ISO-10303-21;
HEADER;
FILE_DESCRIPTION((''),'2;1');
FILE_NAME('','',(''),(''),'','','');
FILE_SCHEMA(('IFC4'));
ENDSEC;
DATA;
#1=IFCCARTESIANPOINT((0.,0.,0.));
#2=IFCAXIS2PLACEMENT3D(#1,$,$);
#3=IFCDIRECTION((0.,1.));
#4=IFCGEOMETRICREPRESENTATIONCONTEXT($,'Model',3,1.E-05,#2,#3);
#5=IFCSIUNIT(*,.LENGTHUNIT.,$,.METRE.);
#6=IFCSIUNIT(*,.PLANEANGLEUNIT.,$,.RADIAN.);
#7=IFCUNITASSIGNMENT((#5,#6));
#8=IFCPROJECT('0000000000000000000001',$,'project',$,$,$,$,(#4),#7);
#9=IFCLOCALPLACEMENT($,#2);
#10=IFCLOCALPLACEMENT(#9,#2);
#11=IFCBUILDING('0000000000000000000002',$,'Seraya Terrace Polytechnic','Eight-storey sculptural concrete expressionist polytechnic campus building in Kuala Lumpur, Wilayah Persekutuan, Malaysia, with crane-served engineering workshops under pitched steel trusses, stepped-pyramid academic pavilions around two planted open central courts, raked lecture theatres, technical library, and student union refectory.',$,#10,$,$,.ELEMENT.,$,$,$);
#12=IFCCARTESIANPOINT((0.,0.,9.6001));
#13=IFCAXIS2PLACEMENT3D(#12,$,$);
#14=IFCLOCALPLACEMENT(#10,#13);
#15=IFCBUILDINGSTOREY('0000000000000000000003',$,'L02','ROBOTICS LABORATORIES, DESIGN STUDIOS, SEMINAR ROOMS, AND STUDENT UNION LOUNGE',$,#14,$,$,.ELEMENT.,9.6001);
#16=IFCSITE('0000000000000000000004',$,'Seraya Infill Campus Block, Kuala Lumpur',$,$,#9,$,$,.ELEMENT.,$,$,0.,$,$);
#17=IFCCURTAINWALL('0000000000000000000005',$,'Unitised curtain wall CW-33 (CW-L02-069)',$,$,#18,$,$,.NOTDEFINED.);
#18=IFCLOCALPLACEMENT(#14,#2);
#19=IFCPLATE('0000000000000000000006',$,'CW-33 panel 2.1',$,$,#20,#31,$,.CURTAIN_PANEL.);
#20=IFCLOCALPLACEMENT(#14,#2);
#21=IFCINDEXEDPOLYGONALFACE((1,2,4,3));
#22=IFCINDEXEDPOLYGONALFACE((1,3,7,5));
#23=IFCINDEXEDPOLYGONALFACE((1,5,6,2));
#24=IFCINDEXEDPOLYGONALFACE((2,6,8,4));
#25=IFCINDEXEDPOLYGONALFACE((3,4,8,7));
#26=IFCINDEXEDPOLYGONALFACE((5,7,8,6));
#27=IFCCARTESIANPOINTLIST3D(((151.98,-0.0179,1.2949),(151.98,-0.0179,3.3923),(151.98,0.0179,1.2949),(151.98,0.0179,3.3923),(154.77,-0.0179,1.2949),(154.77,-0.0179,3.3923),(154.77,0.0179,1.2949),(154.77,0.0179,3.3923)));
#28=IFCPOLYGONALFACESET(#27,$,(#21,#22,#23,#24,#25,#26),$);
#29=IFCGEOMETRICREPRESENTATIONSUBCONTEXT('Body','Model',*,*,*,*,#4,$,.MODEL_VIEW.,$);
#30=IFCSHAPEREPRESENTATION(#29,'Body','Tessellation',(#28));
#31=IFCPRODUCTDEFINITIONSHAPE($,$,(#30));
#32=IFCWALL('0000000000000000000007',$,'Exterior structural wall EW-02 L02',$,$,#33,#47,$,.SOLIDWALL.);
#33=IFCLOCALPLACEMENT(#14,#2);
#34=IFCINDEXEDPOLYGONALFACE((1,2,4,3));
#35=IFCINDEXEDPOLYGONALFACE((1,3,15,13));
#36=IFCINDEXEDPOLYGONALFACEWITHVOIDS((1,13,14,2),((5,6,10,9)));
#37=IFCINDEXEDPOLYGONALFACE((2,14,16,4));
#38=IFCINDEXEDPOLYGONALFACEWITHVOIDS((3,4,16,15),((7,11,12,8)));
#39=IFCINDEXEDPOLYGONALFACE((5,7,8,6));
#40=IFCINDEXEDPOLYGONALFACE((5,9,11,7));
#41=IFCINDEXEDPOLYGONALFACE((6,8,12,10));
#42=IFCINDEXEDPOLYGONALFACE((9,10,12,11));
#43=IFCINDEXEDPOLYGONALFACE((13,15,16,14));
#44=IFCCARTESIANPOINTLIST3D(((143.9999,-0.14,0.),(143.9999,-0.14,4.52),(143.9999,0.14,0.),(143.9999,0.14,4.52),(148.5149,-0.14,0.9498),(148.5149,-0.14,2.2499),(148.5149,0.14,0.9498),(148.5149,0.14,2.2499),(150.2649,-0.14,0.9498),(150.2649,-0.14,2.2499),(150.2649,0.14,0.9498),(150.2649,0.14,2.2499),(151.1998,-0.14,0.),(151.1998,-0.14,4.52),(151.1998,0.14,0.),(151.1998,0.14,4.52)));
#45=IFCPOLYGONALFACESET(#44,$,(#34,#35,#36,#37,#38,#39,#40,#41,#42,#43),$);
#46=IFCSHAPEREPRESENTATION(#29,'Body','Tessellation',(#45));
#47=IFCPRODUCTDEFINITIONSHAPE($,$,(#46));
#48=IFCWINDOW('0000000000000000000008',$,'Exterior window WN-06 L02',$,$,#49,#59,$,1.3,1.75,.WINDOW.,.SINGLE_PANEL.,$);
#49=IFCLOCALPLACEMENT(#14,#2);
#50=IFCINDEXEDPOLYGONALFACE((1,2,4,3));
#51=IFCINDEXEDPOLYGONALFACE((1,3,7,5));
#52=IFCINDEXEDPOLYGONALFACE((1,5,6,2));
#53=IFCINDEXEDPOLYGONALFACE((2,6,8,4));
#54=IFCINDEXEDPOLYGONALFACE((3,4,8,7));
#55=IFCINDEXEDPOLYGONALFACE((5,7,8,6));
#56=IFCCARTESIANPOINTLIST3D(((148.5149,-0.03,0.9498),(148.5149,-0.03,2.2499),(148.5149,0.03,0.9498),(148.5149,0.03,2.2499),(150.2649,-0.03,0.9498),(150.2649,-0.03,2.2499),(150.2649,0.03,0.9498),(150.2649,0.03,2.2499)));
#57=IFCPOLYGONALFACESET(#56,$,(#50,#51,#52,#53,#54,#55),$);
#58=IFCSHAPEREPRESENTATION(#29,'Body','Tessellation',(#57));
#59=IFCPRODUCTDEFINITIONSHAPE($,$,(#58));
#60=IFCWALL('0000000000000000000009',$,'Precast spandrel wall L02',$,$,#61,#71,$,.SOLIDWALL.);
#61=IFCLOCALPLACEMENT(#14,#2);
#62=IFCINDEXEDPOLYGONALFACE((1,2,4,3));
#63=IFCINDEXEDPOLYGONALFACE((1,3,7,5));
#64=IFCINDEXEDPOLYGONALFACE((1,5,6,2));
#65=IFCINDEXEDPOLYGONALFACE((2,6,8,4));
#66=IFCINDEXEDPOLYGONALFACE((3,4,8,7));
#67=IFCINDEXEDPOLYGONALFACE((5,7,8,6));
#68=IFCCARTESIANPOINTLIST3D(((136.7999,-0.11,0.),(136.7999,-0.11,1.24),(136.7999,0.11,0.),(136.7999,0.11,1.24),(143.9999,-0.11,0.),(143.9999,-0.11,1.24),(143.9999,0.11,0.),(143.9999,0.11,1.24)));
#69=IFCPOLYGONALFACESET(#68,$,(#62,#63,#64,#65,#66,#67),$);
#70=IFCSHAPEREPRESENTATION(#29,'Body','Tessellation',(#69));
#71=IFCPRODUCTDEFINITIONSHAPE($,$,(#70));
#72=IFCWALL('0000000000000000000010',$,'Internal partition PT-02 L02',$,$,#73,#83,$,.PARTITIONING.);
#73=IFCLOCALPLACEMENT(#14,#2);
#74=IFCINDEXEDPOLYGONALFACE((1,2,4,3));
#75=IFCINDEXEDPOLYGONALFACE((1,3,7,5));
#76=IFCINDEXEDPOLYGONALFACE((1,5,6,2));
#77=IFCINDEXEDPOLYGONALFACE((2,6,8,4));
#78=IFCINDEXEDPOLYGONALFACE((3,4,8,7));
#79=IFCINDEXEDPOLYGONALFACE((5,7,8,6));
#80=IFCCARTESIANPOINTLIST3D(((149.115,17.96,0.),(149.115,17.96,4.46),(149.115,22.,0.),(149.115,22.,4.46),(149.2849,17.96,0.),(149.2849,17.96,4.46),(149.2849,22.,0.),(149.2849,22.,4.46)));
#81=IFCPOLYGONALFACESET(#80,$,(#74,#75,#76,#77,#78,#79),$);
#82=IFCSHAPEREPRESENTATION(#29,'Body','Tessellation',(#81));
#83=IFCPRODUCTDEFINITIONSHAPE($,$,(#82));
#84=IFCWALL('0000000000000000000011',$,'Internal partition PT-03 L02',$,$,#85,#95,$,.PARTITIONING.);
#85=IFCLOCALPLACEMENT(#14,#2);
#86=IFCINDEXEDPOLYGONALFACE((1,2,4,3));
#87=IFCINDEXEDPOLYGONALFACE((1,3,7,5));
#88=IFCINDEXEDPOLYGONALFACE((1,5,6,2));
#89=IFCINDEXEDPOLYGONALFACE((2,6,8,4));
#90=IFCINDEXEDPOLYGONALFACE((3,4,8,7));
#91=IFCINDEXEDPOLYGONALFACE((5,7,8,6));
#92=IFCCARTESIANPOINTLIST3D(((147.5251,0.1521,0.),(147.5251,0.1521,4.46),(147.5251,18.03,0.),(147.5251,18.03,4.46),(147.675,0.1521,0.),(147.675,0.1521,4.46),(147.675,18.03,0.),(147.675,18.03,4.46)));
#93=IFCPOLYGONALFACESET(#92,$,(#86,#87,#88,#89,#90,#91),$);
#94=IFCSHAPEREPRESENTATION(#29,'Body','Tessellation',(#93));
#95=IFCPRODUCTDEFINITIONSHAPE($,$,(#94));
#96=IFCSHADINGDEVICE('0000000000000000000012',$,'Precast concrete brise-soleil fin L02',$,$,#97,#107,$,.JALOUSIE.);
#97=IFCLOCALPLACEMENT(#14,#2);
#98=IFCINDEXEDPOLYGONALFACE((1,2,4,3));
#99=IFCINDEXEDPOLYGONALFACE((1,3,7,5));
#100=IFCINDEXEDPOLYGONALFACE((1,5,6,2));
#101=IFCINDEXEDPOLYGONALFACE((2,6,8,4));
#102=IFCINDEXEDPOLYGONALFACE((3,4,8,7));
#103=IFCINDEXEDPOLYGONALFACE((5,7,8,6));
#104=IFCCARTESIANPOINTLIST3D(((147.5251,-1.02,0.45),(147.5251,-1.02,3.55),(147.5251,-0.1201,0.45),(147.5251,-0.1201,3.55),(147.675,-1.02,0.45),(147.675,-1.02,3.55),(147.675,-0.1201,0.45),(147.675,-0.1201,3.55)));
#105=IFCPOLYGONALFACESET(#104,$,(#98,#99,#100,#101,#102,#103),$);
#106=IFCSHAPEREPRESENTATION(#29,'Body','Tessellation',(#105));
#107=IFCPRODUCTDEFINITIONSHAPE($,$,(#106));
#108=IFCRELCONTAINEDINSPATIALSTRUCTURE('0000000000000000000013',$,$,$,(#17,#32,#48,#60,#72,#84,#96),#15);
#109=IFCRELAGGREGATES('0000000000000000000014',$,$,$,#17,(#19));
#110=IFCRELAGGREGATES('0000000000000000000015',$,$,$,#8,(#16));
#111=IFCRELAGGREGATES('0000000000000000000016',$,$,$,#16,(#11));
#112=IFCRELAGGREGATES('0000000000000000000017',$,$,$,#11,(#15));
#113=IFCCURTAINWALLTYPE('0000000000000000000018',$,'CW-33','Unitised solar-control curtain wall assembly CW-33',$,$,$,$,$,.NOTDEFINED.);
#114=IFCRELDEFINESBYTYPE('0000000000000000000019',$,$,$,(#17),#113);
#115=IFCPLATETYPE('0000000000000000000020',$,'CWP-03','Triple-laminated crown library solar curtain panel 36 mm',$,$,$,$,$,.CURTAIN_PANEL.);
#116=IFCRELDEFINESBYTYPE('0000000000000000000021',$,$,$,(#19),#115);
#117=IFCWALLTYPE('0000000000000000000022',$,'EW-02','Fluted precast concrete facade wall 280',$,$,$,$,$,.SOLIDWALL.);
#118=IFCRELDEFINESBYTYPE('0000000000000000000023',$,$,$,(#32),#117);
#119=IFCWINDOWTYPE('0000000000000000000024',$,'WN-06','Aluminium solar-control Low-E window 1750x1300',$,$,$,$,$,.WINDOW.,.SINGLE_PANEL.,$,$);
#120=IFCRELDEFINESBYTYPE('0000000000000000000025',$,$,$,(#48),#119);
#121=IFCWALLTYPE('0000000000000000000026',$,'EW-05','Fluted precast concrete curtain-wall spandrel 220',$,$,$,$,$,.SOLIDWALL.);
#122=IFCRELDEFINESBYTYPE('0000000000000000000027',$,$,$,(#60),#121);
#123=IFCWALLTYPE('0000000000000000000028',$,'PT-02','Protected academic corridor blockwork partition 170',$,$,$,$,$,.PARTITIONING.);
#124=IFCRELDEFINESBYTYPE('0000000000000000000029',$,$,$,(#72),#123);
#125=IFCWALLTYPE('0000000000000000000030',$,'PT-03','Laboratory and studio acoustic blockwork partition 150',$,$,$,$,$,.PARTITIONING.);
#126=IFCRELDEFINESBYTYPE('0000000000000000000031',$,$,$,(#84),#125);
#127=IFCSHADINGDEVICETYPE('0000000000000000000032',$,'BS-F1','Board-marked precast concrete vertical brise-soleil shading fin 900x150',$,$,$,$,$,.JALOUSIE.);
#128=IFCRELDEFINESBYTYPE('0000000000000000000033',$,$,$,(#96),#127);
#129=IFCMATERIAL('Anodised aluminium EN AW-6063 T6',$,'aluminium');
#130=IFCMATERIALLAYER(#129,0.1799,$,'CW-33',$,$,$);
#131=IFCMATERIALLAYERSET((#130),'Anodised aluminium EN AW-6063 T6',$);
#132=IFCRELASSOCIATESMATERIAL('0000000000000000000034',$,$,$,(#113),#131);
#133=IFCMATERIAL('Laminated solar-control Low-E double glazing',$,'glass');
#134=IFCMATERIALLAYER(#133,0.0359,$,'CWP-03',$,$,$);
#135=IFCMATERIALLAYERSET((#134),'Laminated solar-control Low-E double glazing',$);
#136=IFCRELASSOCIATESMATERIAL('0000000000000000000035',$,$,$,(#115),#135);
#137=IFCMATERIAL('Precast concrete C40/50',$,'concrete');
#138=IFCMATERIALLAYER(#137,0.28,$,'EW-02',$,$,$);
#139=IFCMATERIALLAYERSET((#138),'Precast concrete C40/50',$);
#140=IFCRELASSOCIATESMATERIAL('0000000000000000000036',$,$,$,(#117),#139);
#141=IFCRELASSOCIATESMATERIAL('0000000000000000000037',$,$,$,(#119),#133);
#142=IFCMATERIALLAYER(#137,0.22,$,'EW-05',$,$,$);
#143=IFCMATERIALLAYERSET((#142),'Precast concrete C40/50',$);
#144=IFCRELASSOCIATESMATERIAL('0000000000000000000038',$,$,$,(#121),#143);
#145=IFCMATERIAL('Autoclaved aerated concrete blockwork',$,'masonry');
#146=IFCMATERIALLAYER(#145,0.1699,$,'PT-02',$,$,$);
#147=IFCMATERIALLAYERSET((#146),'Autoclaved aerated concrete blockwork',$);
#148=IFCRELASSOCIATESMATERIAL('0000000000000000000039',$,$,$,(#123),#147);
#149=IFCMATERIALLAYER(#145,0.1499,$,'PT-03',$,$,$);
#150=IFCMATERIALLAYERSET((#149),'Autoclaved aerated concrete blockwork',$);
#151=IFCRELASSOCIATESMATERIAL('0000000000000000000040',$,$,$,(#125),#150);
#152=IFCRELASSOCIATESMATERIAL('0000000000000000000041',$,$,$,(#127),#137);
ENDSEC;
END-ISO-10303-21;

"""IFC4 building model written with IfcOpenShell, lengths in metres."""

from ifc_helpers import new_model, si_unit, direction, frame, frame_2d, origin, origin_2d, place, context, subcontext, project, spatial, rectangle, extrude, material, layer, layer_set, type_object, element, fill, aggregate, save


model = new_model("IFC4")

# Units and contexts
model_context = context("Model", 3, precision=1e-05, world=origin(), true_north=direction((0.0, 1.0)))
body_context = subcontext(model_context, "Body", "Model", "MODEL_VIEW")
ifc_project = project(units=[si_unit("LENGTHUNIT", "METRE"), si_unit("PLANEANGLEUNIT", "RADIAN")], contexts=[model_context])

# Site, building, storey
site_placement = place(None, origin())
site = spatial("IfcSite", under=ifc_project, at=site_placement, Name="Seraya Infill Campus Block, Kuala Lumpur", CompositionType="ELEMENT", RefElevation=0.0)
building_placement = place(site_placement, origin())
building = spatial("IfcBuilding", under=site, at=building_placement, Name="Seraya Terrace Polytechnic", Description="Eight-storey sculptural concrete expressionist polytechnic campus building in Kuala Lumpur, Wilayah Persekutuan, Malaysia, with crane-served engineering workshops under pitched steel trusses, stepped-pyramid academic pavilions around two planted open central courts, raked lecture theatres, technical library, and student union refectory.", CompositionType="ELEMENT")
storey_placement = place(building_placement, frame((0.0, 0.0, 9.6001)))
storey = spatial("IfcBuildingStorey", under=building, at=storey_placement, Name="L02", Description="ROBOTICS LABORATORIES, DESIGN STUDIOS, SEMINAR ROOMS, AND STUDENT UNION LOUNGE", CompositionType="ELEMENT", Elevation=9.6001)

# Shared definitions
ifc_material_1 = material(Name="Anodised aluminium EN AW-6063 T6", Category="aluminium")

# Curtain wall
ifc_layer_1 = layer(ifc_material_1, 0.1799, Name="CW-33")
ifc_layer_set_1 = layer_set([ifc_layer_1], Name="Anodised aluminium EN AW-6063 T6")
curtain_wall_type_1 = type_object("IfcCurtainWallType", Name="CW-33", Description="Unitised solar-control curtain wall assembly CW-33", PredefinedType="NOTDEFINED", material=ifc_layer_set_1)
curtain_wall_1_placement = place(storey_placement, origin())
curtain_wall_1 = element("IfcCurtainWall", 1, at=curtain_wall_1_placement, inside=storey, type_object=curtain_wall_type_1, Name="Unitised curtain wall CW-33 (CW-L02-069)", PredefinedType="NOTDEFINED")

# Plate
ifc_material_2 = material(Name="Laminated solar-control Low-E double glazing", Category="glass")
ifc_layer_2 = layer(ifc_material_2, 0.0359, Name="CWP-03")
ifc_layer_set_2 = layer_set([ifc_layer_2], Name="Laminated solar-control Low-E double glazing")
plate_type_1 = type_object("IfcPlateType", Name="CWP-03", Description="Triple-laminated crown library solar curtain panel 36 mm", PredefinedType="CURTAIN_PANEL", material=ifc_layer_set_2)
plate_1_placement = place(storey_placement, frame((153.375, 0.0, 1.2949), z_axis=(0.0, 0.0, 1.0), x_axis=(-1.0, 0.0, 0.0)))
plate_1 = element("IfcPlate", 2, at=plate_1_placement, type_object=plate_type_1, Name="CW-33 panel 2.1", PredefinedType="CURTAIN_PANEL", context=body_context, shape_type="SweptSolid", body=[
    extrude(rectangle(XDim=2.79, YDim=0.0359, at=origin_2d()), origin(), (0.0, 0.0, 1.0), 2.0974),
])
aggregate(curtain_wall_1, [plate_1])

# Wall, opening, window
ifc_material_3 = material(Name="Precast concrete C40/50", Category="concrete")
ifc_layer_3 = layer(ifc_material_3, 0.28, Name="EW-02")
ifc_layer_set_3 = layer_set([ifc_layer_3], Name="Precast concrete C40/50")
wall_type_1 = type_object("IfcWallType", Name="EW-02", Description="Fluted precast concrete facade wall 280", PredefinedType="SOLIDWALL", material=ifc_layer_set_3)
wall_1_placement = place(storey_placement, frame((151.2, 0.0, 0.0), z_axis=(0.0, 0.0, 1.0), x_axis=(-1.0, 0.0, 0.0)))
wall_1 = element("IfcWall", 3, at=wall_1_placement, inside=storey, type_object=wall_type_1, Name="Exterior structural wall EW-02 L02", PredefinedType="SOLIDWALL", context=body_context, shape_type="SweptSolid", body=[
    extrude(rectangle(XDim=7.2, YDim=0.28, at=frame_2d((3.6001, 0.0))), origin(), (0.0, 0.0, 1.0), 4.52),
])
opening_placement = place(wall_1_placement, frame((0.9351, 0.0, 0.95)))
opening = element("IfcOpeningElement", 4, at=opening_placement, cuts=wall_1, PredefinedType="OPENING", context=body_context, shape_type="SweptSolid", body=[
    extrude(rectangle(XDim=1.75, YDim=1.3, at=frame_2d((0.875, 0.6499))), frame((0.0, 0.1519, 0.0), z_axis=(0.0, -1.0, 0.0), x_axis=(1.0, 0.0, 0.0)), (0.0, 0.0, 1.0), 0.304),
])
window_type = type_object("IfcWindowType", Name="WN-06", Description="Aluminium solar-control Low-E window 1750x1300", PartitioningType="SINGLE_PANEL", PredefinedType="WINDOW", material=ifc_material_2)
window_placement = place(opening_placement, origin())
window = element("IfcWindow", 5, at=window_placement, inside=storey, type_object=window_type, Name="Exterior window WN-06 L02", OverallHeight=1.3, OverallWidth=1.75, PartitioningType="SINGLE_PANEL", PredefinedType="WINDOW", context=body_context, shape_type="SweptSolid", body=[
    extrude(rectangle(XDim=1.75, YDim=1.3, at=frame_2d((0.875, 0.6499))), frame((0.0, 0.03, 0.0), z_axis=(0.0, -1.0, 0.0), x_axis=(1.0, 0.0, 0.0)), (0.0, 0.0, 1.0), 0.0601),
])
fill(opening, window)

# Walls
ifc_layer_4 = layer(ifc_material_3, 0.22, Name="EW-05")
ifc_layer_set_4 = layer_set([ifc_layer_4], Name="Precast concrete C40/50")
wall_type_2 = type_object("IfcWallType", Name="EW-05", Description="Fluted precast concrete curtain-wall spandrel 220", PredefinedType="SOLIDWALL", material=ifc_layer_set_4)
wall_2_placement = place(storey_placement, frame((144.0, 0.0, 0.0), z_axis=(0.0, 0.0, 1.0), x_axis=(-1.0, 0.0, 0.0)))
element("IfcWall", 6, at=wall_2_placement, inside=storey, type_object=wall_type_2, Name="Precast spandrel wall L02", PredefinedType="SOLIDWALL", context=body_context, shape_type="SweptSolid", body=[
    extrude(rectangle(XDim=7.2, YDim=0.22, at=frame_2d((3.6001, 0.0))), origin(), (0.0, 0.0, 1.0), 1.24),
])
ifc_material_4 = material(Name="Autoclaved aerated concrete blockwork", Category="masonry")
ifc_layer_5 = layer(ifc_material_4, 0.1699, Name="PT-02")
ifc_layer_set_5 = layer_set([ifc_layer_5], Name="Autoclaved aerated concrete blockwork")
wall_type_3 = type_object("IfcWallType", Name="PT-02", Description="Protected academic corridor blockwork partition 170", PredefinedType="PARTITIONING", material=ifc_layer_set_5)
wall_3_placement = place(storey_placement, frame((149.2, 17.96, 0.0), z_axis=(0.0, 0.0, 1.0), x_axis=(0.0, 1.0, 0.0)))
element("IfcWall", 7, at=wall_3_placement, inside=storey, type_object=wall_type_3, Name="Internal partition PT-02 L02", PredefinedType="PARTITIONING", context=body_context, shape_type="SweptSolid", body=[
    extrude(rectangle(XDim=4.04, YDim=0.1699, at=frame_2d((2.02, 0.0))), origin(), (0.0, 0.0, 1.0), 4.46),
])
ifc_layer_6 = layer(ifc_material_4, 0.1499, Name="PT-03")
ifc_layer_set_6 = layer_set([ifc_layer_6], Name="Autoclaved aerated concrete blockwork")
wall_type_4 = type_object("IfcWallType", Name="PT-03", Description="Laboratory and studio acoustic blockwork partition 150", PredefinedType="PARTITIONING", material=ifc_layer_set_6)
wall_4_placement = place(storey_placement, frame((147.6001, 0.1521, 0.0), z_axis=(0.0, 0.0, 1.0), x_axis=(0.0, 1.0, 0.0)))
element("IfcWall", 8, at=wall_4_placement, inside=storey, type_object=wall_type_4, Name="Internal partition PT-03 L02", PredefinedType="PARTITIONING", context=body_context, shape_type="SweptSolid", body=[
    extrude(rectangle(XDim=17.8779, YDim=0.1499, at=frame_2d((8.939, 0.0))), origin(), (0.0, 0.0, 1.0), 4.46),
])

# Shading device
shading_device_type = type_object("IfcShadingDeviceType", Name="BS-F1", Description="Board-marked precast concrete vertical brise-soleil shading fin 900x150", PredefinedType="JALOUSIE", material=ifc_material_3)
shading_device_placement = place(storey_placement, frame((147.6001, -0.5701, 0.45), z_axis=(0.0, 0.0, 1.0), x_axis=(0.0, -1.0, 0.0)))
element("IfcShadingDevice", 9, at=shading_device_placement, inside=storey, type_object=shading_device_type, Name="Precast concrete brise-soleil fin L02", PredefinedType="JALOUSIE", context=body_context, shape_type="SweptSolid", body=[
    extrude(rectangle(XDim=0.8999, YDim=0.1499, at=origin_2d()), origin(), (0.0, 0.0, 1.0), 3.1001),
])

save(model, "model.ifc")
